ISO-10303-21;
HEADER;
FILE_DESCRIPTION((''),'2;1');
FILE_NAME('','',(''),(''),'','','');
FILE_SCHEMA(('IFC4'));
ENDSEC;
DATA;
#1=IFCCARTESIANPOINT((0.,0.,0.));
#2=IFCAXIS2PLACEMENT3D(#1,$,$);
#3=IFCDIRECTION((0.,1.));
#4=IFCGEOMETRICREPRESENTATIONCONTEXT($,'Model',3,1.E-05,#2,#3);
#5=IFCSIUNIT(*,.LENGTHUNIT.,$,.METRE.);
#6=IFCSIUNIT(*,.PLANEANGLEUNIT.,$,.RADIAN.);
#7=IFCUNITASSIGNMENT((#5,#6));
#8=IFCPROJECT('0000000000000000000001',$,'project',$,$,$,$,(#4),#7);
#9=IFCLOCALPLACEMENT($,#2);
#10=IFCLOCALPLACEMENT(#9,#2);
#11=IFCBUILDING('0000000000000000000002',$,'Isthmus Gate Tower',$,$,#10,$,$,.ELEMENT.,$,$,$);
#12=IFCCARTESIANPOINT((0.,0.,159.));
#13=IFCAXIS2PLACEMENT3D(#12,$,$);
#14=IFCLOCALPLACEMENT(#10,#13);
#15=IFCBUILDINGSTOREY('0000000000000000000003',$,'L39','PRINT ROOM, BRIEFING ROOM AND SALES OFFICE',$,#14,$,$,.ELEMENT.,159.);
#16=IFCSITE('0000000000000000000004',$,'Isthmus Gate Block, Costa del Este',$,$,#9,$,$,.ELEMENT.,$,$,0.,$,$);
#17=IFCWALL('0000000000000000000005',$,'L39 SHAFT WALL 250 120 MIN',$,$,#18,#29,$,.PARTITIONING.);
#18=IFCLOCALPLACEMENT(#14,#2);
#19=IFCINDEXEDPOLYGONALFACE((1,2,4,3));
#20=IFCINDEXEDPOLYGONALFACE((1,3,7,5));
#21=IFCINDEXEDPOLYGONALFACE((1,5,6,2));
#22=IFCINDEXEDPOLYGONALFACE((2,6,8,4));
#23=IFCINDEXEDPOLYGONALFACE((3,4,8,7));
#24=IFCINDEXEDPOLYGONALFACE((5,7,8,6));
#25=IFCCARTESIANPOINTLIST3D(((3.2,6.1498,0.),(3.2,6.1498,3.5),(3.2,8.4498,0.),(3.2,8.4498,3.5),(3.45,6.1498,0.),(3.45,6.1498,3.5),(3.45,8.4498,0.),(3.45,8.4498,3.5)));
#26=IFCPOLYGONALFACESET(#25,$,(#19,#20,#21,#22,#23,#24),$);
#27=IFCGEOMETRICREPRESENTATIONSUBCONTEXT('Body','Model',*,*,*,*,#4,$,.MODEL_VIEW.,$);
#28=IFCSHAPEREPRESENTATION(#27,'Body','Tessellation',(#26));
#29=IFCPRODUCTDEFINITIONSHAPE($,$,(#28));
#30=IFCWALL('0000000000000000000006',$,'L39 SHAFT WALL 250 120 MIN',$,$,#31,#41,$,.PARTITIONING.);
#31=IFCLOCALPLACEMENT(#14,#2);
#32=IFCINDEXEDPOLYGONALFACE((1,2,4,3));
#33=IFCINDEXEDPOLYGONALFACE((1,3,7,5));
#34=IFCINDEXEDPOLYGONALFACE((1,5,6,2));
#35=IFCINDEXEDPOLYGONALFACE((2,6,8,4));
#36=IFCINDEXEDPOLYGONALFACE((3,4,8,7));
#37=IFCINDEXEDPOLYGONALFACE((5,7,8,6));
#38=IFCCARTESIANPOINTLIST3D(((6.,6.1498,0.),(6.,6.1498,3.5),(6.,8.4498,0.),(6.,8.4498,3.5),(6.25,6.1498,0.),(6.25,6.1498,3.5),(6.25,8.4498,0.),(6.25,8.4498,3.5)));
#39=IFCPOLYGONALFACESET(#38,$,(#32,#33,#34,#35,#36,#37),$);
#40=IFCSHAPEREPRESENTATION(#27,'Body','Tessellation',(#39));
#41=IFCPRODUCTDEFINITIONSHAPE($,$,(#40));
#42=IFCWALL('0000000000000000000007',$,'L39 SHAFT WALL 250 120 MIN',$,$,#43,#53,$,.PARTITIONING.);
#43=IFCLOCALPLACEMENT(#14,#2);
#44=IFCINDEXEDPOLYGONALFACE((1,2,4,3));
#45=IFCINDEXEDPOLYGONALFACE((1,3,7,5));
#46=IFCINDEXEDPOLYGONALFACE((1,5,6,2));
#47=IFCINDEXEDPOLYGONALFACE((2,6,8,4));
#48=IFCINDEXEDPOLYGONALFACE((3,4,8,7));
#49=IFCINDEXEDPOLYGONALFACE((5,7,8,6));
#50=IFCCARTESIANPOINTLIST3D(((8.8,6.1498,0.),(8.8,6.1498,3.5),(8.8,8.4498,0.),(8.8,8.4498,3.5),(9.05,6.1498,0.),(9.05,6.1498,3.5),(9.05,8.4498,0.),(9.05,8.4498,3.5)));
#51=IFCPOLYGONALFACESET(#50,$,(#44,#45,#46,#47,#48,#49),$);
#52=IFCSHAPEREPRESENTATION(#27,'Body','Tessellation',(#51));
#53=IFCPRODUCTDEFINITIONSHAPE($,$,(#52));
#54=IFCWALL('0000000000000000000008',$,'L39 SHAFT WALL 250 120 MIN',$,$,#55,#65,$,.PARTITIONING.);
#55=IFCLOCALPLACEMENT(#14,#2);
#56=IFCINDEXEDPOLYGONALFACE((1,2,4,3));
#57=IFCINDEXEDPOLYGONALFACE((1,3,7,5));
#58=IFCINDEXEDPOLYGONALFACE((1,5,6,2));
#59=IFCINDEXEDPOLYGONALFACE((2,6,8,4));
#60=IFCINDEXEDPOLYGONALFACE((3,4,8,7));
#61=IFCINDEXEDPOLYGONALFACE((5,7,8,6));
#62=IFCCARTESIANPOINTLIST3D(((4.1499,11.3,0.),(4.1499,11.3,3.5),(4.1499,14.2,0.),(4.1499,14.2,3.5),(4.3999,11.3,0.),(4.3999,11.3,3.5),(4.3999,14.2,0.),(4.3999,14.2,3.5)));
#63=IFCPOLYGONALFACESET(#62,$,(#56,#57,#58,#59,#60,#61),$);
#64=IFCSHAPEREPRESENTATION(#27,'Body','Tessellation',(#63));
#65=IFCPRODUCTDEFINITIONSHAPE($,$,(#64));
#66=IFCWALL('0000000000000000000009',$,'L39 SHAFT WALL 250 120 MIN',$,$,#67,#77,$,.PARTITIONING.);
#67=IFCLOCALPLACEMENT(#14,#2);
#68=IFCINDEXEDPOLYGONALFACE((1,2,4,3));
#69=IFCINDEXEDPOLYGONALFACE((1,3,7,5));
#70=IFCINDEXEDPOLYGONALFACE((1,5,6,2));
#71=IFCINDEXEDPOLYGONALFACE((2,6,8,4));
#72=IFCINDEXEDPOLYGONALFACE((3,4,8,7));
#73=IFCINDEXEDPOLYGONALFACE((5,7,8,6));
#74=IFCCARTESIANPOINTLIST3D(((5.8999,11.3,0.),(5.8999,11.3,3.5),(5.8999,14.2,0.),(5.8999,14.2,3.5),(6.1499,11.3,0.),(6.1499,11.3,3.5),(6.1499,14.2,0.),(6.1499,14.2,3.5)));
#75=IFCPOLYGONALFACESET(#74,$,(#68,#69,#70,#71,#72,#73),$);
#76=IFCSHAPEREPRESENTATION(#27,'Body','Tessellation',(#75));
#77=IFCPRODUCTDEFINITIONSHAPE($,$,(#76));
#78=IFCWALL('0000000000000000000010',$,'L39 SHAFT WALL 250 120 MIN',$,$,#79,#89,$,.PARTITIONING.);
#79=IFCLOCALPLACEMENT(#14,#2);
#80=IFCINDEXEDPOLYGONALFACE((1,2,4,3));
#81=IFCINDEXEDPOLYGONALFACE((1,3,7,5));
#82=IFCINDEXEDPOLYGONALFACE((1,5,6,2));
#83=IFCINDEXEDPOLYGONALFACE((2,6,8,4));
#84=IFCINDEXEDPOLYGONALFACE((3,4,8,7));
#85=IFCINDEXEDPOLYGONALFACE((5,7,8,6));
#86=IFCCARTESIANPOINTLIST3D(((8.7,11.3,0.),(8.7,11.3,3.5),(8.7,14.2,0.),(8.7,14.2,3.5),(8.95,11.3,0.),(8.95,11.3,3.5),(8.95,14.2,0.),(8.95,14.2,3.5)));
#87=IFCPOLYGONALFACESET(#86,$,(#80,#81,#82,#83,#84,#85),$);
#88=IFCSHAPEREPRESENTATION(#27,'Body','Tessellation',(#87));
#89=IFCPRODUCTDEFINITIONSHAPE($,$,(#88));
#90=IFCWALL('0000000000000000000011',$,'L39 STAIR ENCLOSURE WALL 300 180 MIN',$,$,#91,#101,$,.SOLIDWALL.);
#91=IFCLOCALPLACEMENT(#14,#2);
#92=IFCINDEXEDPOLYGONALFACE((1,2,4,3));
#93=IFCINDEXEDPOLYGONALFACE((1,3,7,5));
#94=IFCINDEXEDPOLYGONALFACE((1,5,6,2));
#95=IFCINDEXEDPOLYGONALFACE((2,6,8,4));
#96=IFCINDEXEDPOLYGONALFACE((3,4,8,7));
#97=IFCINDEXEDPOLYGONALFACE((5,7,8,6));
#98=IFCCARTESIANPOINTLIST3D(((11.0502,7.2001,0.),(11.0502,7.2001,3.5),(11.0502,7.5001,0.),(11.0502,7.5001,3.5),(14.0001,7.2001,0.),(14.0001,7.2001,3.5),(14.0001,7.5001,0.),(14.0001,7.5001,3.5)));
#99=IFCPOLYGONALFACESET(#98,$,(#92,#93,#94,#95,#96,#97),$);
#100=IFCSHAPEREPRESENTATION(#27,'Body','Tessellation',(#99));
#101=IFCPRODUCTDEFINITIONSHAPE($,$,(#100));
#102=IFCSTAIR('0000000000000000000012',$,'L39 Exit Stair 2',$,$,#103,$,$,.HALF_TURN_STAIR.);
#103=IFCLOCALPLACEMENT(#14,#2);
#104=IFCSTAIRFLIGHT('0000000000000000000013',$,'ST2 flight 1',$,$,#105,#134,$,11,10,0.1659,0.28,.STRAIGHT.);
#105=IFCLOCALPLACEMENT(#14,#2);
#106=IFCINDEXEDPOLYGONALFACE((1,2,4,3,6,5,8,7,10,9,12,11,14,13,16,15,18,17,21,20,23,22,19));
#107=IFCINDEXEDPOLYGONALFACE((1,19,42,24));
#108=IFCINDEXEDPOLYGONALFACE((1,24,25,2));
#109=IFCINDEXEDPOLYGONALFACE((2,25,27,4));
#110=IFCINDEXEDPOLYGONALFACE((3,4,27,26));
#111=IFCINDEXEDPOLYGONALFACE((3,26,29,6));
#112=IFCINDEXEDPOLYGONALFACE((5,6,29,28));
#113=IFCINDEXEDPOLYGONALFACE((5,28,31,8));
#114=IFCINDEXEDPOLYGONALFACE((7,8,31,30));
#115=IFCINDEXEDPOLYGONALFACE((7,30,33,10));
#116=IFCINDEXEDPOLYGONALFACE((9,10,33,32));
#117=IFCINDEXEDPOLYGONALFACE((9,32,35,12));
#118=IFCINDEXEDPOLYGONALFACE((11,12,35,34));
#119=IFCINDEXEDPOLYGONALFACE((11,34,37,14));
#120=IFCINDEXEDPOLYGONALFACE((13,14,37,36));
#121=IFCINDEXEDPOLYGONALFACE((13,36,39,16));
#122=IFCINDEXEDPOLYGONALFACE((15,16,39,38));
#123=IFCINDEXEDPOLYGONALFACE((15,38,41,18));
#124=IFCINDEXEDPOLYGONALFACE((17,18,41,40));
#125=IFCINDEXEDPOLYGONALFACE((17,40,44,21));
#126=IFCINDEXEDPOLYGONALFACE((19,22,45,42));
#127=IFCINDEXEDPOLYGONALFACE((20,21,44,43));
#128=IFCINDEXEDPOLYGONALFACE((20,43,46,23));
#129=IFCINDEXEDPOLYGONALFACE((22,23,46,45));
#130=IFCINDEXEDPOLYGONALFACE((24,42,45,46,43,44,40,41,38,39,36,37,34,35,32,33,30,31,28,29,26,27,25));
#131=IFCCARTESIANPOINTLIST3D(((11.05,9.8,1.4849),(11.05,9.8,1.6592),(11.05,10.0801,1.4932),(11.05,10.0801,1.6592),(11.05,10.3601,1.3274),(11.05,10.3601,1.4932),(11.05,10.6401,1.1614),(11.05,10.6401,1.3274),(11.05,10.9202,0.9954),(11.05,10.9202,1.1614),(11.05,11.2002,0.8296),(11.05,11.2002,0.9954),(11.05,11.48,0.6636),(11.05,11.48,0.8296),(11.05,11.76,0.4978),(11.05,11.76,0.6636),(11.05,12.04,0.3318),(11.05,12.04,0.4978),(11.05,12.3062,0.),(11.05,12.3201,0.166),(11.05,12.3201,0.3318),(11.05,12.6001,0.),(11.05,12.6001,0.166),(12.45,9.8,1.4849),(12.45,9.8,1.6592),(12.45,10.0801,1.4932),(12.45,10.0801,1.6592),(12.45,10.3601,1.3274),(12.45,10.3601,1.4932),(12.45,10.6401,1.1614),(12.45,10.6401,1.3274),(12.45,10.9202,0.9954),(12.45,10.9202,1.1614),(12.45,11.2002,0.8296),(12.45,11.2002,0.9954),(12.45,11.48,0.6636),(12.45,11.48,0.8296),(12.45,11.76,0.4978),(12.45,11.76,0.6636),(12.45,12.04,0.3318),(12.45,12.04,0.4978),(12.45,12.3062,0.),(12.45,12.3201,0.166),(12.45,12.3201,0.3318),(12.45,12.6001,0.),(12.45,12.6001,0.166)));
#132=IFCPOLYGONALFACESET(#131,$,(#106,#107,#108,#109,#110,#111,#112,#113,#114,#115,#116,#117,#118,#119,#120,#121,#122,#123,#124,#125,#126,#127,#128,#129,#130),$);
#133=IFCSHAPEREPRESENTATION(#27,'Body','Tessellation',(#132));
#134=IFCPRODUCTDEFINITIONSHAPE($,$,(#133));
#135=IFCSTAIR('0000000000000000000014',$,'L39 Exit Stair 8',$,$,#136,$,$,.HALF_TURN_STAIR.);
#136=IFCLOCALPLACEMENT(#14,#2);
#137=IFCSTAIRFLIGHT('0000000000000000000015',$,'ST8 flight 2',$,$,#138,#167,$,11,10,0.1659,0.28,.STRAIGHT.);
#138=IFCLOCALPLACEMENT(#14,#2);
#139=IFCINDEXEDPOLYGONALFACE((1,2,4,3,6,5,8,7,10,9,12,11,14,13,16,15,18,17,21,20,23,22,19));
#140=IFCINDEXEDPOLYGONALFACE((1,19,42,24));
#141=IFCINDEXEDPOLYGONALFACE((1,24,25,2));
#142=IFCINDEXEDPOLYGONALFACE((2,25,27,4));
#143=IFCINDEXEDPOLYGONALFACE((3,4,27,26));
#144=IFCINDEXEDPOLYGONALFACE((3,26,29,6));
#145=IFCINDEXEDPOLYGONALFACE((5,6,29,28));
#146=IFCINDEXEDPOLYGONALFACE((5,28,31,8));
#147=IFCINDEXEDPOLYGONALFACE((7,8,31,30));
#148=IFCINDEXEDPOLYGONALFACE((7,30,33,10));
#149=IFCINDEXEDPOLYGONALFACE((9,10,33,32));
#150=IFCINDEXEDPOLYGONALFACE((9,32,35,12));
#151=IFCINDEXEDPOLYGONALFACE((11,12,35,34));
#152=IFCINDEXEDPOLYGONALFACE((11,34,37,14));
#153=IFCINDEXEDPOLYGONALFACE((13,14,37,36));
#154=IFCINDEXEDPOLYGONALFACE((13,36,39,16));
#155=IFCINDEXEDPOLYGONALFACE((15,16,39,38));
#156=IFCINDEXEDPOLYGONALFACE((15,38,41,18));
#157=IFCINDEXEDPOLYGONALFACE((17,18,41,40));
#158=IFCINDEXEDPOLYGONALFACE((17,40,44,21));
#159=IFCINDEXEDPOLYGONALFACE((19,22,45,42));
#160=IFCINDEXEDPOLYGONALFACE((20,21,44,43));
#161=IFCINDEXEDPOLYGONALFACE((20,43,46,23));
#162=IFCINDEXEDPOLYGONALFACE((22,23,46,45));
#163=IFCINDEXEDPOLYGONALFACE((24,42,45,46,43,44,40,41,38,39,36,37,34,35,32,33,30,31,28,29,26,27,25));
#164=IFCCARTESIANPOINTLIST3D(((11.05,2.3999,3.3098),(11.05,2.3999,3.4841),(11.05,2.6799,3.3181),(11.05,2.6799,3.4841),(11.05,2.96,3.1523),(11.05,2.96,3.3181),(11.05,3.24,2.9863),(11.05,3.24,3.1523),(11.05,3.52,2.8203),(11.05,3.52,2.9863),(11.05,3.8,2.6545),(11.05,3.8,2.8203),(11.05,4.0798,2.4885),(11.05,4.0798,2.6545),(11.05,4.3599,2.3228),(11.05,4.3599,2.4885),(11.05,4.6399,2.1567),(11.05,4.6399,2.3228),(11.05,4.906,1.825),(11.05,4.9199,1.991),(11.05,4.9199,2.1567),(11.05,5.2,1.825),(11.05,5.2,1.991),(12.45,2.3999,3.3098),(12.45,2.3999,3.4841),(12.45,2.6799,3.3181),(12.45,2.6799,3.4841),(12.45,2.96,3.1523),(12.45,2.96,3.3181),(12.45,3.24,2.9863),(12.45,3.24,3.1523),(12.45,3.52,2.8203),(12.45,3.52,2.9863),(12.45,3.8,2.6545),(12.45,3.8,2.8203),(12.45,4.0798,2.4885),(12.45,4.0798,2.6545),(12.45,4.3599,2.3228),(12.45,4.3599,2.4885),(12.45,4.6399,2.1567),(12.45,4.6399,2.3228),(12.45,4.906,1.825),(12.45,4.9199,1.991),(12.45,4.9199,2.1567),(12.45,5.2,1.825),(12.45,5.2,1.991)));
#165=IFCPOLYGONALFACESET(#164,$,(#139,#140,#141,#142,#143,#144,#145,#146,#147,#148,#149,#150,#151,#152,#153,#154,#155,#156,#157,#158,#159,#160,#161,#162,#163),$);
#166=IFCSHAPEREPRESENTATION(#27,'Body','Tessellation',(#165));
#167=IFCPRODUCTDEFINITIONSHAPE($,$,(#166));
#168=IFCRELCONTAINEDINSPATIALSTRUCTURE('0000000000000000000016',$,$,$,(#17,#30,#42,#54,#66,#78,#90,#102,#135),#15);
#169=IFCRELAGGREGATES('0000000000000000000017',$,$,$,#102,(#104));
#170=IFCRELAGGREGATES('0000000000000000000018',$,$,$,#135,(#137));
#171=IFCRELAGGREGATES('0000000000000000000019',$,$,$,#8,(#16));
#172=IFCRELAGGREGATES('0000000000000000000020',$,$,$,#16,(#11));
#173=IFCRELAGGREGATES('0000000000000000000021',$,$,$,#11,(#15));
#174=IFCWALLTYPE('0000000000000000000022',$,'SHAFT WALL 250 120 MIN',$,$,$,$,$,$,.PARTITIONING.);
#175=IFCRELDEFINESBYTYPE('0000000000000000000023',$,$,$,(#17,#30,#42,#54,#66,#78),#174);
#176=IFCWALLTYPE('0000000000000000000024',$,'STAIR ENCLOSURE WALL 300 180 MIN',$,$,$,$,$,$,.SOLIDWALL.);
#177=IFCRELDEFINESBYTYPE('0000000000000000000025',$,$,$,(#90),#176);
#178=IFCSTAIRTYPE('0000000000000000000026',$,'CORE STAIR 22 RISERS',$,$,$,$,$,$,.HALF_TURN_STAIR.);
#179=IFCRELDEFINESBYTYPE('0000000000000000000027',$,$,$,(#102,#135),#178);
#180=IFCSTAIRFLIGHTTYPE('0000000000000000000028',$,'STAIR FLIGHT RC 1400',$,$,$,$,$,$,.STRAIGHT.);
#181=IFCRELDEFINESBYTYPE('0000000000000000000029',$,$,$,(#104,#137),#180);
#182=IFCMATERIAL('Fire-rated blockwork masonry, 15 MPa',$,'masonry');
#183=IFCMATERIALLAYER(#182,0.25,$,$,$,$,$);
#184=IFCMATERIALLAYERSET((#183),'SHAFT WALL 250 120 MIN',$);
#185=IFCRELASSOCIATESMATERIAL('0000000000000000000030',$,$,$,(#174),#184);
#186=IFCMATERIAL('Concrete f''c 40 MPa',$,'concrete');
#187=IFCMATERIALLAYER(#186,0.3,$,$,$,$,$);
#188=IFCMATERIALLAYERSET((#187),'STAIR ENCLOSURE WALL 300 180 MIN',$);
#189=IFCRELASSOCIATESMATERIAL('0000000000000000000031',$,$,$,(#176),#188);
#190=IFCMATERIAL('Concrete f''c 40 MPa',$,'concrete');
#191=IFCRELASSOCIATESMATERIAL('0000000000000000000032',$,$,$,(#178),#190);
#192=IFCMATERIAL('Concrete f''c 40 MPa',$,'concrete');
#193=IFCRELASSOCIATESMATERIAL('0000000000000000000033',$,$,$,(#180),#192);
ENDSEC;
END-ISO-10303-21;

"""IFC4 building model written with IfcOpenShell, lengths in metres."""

from ifc_helpers import new_model, si_unit, direction, frame, frame_2d, origin, place, context, subcontext, project, spatial, polyline, rectangle, outline, extrude, material, layer, layer_set, type_object, element, aggregate, save


model = new_model("IFC4")

# Units and contexts
model_context = context("Model", 3, precision=1e-05, world=origin(), true_north=direction((0.0, 1.0)))
body_context = subcontext(model_context, "Body", "Model", "MODEL_VIEW")
ifc_project = project(units=[si_unit("LENGTHUNIT", "METRE"), si_unit("PLANEANGLEUNIT", "RADIAN")], contexts=[model_context])

# Site, building, storey
site_placement = place(None, origin())
site = spatial("IfcSite", under=ifc_project, at=site_placement, Name="Isthmus Gate Block, Costa del Este", CompositionType="ELEMENT", RefElevation=0.0)
building_placement = place(site_placement, origin())
building = spatial("IfcBuilding", under=site, at=building_placement, Name="Isthmus Gate Tower", CompositionType="ELEMENT")
storey_placement = place(building_placement, frame((0.0, 0.0, 159.0)))
storey = spatial("IfcBuildingStorey", under=building, at=storey_placement, Name="L39", Description="PRINT ROOM, BRIEFING ROOM AND SALES OFFICE", CompositionType="ELEMENT", Elevation=159.0)

# Walls
ifc_material_1 = material(Name="Fire-rated blockwork masonry, 15 MPa", Category="masonry")
ifc_layer_1 = layer(ifc_material_1, 0.25)
ifc_layer_set_1 = layer_set([ifc_layer_1], Name="SHAFT WALL 250 120 MIN")
wall_type_1 = type_object("IfcWallType", Name="SHAFT WALL 250 120 MIN", PredefinedType="PARTITIONING", material=ifc_layer_set_1)
for number, where, z_axis, x_axis, name in (
    (1, (3.325, 6.1499, 0.0), (0.0, 0.0, 1.0), (0.0, 1.0, 0.0), "L39 SHAFT WALL 250 120 MIN"),
    (2, (6.125, 6.1499, 0.0), (0.0, 0.0, 1.0), (0.0, 1.0, 0.0), "L39 SHAFT WALL 250 120 MIN"),
    (3, (8.925, 6.1499, 0.0), (0.0, 0.0, 1.0), (0.0, 1.0, 0.0), "L39 SHAFT WALL 250 120 MIN"),
):
    element("IfcWall", number, at=place(storey_placement, frame(where, z_axis=z_axis, x_axis=x_axis)), inside=storey, type_object=wall_type_1, Name=name, PredefinedType="PARTITIONING", context=body_context, shape_type="SweptSolid", body=[
        extrude(rectangle(XDim=2.3, YDim=0.25, at=frame_2d((1.1499, 0.0))), origin(), (0.0, 0.0, 1.0), 3.5),
    ])
for number, where, z_axis, x_axis, name in (
    (4, (4.2749, 11.3, 0.0), (0.0, 0.0, 1.0), (0.0, 1.0, 0.0), "L39 SHAFT WALL 250 120 MIN"),
    (5, (6.0249, 11.3, 0.0), (0.0, 0.0, 1.0), (0.0, 1.0, 0.0), "L39 SHAFT WALL 250 120 MIN"),
    (6, (8.825, 11.3, 0.0), (0.0, 0.0, 1.0), (0.0, 1.0, 0.0), "L39 SHAFT WALL 250 120 MIN"),
):
    element("IfcWall", number, at=place(storey_placement, frame(where, z_axis=z_axis, x_axis=x_axis)), inside=storey, type_object=wall_type_1, Name=name, PredefinedType="PARTITIONING", context=body_context, shape_type="SweptSolid", body=[
        extrude(rectangle(XDim=2.8999, YDim=0.25, at=frame_2d((1.45, 0.0))), origin(), (0.0, 0.0, 1.0), 3.5),
    ])
ifc_material_2 = material(Name="Concrete f'c 40 MPa", Category="concrete")
ifc_layer_2 = layer(ifc_material_2, 0.3)
ifc_layer_set_2 = layer_set([ifc_layer_2], Name="STAIR ENCLOSURE WALL 300 180 MIN")
wall_type_2 = type_object("IfcWallType", Name="STAIR ENCLOSURE WALL 300 180 MIN", PredefinedType="SOLIDWALL", material=ifc_layer_set_2)
wall_1_placement = place(storey_placement, frame((11.05, 7.3501, 0.0), z_axis=(0.0, 0.0, 1.0), x_axis=(1.0, 0.0, 0.0)))
element("IfcWall", 7, at=wall_1_placement, inside=storey, type_object=wall_type_2, Name="L39 STAIR ENCLOSURE WALL 300 180 MIN", PredefinedType="SOLIDWALL", context=body_context, shape_type="SweptSolid", body=[
    extrude(rectangle(XDim=2.95, YDim=0.3, at=frame_2d((1.4751, 0.0))), origin(), (0.0, 0.0, 1.0), 3.5),
])

# Stairs, stair flights
ifc_material_3 = material(Name="Concrete f'c 40 MPa", Category="concrete")
stair_type = type_object("IfcStairType", Name="CORE STAIR 22 RISERS", PredefinedType="HALF_TURN_STAIR", material=ifc_material_3)
stair_1_placement = place(storey_placement, origin())
stair_1 = element("IfcStair", 8, at=stair_1_placement, inside=storey, type_object=stair_type, Name="L39 Exit Stair 2", PredefinedType="HALF_TURN_STAIR")
ifc_material_4 = material(Name="Concrete f'c 40 MPa", Category="concrete")
stair_flight_type = type_object("IfcStairFlightType", Name="STAIR FLIGHT RC 1400", PredefinedType="STRAIGHT", material=ifc_material_4)
stair_flight_1_placement = place(storey_placement, frame((11.75, 12.6001, 0.0), z_axis=(0.0, 0.0, 1.0), x_axis=(0.0, -1.0, 0.0)))
stair_flight_1 = element("IfcStairFlight", 9, at=stair_flight_1_placement, type_object=stair_flight_type, Name="ST2 flight 1", NumberOfRisers=11, NumberOfTreads=10, PredefinedType="STRAIGHT", RiserHeight=0.1659, TreadLength=0.28, context=body_context, shape_type="SweptSolid", body=[
    extrude(outline(polyline([(0.0, 0.0), (0.0, 0.166), (0.28, 0.166), (0.28, 0.3318), (0.5601, 0.3318), (0.5601, 0.4978), (0.8401, 0.4978), (0.8401, 0.6636), (1.1201, 0.6636), (1.1201, 0.8296), (1.3999, 0.8296), (1.3999, 0.9954), (1.6799, 0.9954), (1.6799, 1.1614), (1.96, 1.1614), (1.96, 1.3274), (2.24, 1.3274), (2.24, 1.4932), (2.52, 1.4932), (2.52, 1.6592), (2.8, 1.6592), (2.8, 1.825), (2.8, 1.4849), (0.2939, 0.0), (0.0, 0.0)])), frame((0.0, 0.7, 0.0), z_axis=(0.0, -1.0, 0.0), x_axis=(1.0, 0.0, 0.0)), (0.0, 0.0, 1.0), 1.3999),
])
aggregate(stair_1, [stair_flight_1])
stair_2_placement = place(storey_placement, origin())
stair_2 = element("IfcStair", 10, at=stair_2_placement, inside=storey, type_object=stair_type, Name="L39 Exit Stair 8", PredefinedType="HALF_TURN_STAIR")
stair_flight_2_placement = place(storey_placement, frame((11.75, 5.2, 1.825), z_axis=(0.0, 0.0, 1.0), x_axis=(0.0, -1.0, 0.0)))
stair_flight_2 = element("IfcStairFlight", 11, at=stair_flight_2_placement, type_object=stair_flight_type, Name="ST8 flight 2", NumberOfRisers=11, NumberOfTreads=10, PredefinedType="STRAIGHT", RiserHeight=0.1659, TreadLength=0.28, context=body_context, shape_type="SweptSolid", body=[
    extrude(outline(polyline([(0.0, 0.0), (0.0, 0.166), (0.28, 0.166), (0.28, 0.3318), (0.5601, 0.3318), (0.5601, 0.4978), (0.8401, 0.4978), (0.8401, 0.6636), (1.1201, 0.6636), (1.1201, 0.8296), (1.3999, 0.8296), (1.3999, 0.9954), (1.6799, 0.9954), (1.6799, 1.1614), (1.96, 1.1614), (1.96, 1.3274), (2.24, 1.3274), (2.24, 1.4932), (2.52, 1.4932), (2.52, 1.6592), (2.8, 1.6592), (2.8, 1.825), (2.8, 1.4849), (0.2939, 0.0), (0.0, 0.0)])), frame((0.0, 0.7, 0.0), z_axis=(0.0, -1.0, 0.0), x_axis=(1.0, 0.0, 0.0)), (0.0, 0.0, 1.0), 1.3999),
])
aggregate(stair_2, [stair_flight_2])

save(model, "model.ifc")
